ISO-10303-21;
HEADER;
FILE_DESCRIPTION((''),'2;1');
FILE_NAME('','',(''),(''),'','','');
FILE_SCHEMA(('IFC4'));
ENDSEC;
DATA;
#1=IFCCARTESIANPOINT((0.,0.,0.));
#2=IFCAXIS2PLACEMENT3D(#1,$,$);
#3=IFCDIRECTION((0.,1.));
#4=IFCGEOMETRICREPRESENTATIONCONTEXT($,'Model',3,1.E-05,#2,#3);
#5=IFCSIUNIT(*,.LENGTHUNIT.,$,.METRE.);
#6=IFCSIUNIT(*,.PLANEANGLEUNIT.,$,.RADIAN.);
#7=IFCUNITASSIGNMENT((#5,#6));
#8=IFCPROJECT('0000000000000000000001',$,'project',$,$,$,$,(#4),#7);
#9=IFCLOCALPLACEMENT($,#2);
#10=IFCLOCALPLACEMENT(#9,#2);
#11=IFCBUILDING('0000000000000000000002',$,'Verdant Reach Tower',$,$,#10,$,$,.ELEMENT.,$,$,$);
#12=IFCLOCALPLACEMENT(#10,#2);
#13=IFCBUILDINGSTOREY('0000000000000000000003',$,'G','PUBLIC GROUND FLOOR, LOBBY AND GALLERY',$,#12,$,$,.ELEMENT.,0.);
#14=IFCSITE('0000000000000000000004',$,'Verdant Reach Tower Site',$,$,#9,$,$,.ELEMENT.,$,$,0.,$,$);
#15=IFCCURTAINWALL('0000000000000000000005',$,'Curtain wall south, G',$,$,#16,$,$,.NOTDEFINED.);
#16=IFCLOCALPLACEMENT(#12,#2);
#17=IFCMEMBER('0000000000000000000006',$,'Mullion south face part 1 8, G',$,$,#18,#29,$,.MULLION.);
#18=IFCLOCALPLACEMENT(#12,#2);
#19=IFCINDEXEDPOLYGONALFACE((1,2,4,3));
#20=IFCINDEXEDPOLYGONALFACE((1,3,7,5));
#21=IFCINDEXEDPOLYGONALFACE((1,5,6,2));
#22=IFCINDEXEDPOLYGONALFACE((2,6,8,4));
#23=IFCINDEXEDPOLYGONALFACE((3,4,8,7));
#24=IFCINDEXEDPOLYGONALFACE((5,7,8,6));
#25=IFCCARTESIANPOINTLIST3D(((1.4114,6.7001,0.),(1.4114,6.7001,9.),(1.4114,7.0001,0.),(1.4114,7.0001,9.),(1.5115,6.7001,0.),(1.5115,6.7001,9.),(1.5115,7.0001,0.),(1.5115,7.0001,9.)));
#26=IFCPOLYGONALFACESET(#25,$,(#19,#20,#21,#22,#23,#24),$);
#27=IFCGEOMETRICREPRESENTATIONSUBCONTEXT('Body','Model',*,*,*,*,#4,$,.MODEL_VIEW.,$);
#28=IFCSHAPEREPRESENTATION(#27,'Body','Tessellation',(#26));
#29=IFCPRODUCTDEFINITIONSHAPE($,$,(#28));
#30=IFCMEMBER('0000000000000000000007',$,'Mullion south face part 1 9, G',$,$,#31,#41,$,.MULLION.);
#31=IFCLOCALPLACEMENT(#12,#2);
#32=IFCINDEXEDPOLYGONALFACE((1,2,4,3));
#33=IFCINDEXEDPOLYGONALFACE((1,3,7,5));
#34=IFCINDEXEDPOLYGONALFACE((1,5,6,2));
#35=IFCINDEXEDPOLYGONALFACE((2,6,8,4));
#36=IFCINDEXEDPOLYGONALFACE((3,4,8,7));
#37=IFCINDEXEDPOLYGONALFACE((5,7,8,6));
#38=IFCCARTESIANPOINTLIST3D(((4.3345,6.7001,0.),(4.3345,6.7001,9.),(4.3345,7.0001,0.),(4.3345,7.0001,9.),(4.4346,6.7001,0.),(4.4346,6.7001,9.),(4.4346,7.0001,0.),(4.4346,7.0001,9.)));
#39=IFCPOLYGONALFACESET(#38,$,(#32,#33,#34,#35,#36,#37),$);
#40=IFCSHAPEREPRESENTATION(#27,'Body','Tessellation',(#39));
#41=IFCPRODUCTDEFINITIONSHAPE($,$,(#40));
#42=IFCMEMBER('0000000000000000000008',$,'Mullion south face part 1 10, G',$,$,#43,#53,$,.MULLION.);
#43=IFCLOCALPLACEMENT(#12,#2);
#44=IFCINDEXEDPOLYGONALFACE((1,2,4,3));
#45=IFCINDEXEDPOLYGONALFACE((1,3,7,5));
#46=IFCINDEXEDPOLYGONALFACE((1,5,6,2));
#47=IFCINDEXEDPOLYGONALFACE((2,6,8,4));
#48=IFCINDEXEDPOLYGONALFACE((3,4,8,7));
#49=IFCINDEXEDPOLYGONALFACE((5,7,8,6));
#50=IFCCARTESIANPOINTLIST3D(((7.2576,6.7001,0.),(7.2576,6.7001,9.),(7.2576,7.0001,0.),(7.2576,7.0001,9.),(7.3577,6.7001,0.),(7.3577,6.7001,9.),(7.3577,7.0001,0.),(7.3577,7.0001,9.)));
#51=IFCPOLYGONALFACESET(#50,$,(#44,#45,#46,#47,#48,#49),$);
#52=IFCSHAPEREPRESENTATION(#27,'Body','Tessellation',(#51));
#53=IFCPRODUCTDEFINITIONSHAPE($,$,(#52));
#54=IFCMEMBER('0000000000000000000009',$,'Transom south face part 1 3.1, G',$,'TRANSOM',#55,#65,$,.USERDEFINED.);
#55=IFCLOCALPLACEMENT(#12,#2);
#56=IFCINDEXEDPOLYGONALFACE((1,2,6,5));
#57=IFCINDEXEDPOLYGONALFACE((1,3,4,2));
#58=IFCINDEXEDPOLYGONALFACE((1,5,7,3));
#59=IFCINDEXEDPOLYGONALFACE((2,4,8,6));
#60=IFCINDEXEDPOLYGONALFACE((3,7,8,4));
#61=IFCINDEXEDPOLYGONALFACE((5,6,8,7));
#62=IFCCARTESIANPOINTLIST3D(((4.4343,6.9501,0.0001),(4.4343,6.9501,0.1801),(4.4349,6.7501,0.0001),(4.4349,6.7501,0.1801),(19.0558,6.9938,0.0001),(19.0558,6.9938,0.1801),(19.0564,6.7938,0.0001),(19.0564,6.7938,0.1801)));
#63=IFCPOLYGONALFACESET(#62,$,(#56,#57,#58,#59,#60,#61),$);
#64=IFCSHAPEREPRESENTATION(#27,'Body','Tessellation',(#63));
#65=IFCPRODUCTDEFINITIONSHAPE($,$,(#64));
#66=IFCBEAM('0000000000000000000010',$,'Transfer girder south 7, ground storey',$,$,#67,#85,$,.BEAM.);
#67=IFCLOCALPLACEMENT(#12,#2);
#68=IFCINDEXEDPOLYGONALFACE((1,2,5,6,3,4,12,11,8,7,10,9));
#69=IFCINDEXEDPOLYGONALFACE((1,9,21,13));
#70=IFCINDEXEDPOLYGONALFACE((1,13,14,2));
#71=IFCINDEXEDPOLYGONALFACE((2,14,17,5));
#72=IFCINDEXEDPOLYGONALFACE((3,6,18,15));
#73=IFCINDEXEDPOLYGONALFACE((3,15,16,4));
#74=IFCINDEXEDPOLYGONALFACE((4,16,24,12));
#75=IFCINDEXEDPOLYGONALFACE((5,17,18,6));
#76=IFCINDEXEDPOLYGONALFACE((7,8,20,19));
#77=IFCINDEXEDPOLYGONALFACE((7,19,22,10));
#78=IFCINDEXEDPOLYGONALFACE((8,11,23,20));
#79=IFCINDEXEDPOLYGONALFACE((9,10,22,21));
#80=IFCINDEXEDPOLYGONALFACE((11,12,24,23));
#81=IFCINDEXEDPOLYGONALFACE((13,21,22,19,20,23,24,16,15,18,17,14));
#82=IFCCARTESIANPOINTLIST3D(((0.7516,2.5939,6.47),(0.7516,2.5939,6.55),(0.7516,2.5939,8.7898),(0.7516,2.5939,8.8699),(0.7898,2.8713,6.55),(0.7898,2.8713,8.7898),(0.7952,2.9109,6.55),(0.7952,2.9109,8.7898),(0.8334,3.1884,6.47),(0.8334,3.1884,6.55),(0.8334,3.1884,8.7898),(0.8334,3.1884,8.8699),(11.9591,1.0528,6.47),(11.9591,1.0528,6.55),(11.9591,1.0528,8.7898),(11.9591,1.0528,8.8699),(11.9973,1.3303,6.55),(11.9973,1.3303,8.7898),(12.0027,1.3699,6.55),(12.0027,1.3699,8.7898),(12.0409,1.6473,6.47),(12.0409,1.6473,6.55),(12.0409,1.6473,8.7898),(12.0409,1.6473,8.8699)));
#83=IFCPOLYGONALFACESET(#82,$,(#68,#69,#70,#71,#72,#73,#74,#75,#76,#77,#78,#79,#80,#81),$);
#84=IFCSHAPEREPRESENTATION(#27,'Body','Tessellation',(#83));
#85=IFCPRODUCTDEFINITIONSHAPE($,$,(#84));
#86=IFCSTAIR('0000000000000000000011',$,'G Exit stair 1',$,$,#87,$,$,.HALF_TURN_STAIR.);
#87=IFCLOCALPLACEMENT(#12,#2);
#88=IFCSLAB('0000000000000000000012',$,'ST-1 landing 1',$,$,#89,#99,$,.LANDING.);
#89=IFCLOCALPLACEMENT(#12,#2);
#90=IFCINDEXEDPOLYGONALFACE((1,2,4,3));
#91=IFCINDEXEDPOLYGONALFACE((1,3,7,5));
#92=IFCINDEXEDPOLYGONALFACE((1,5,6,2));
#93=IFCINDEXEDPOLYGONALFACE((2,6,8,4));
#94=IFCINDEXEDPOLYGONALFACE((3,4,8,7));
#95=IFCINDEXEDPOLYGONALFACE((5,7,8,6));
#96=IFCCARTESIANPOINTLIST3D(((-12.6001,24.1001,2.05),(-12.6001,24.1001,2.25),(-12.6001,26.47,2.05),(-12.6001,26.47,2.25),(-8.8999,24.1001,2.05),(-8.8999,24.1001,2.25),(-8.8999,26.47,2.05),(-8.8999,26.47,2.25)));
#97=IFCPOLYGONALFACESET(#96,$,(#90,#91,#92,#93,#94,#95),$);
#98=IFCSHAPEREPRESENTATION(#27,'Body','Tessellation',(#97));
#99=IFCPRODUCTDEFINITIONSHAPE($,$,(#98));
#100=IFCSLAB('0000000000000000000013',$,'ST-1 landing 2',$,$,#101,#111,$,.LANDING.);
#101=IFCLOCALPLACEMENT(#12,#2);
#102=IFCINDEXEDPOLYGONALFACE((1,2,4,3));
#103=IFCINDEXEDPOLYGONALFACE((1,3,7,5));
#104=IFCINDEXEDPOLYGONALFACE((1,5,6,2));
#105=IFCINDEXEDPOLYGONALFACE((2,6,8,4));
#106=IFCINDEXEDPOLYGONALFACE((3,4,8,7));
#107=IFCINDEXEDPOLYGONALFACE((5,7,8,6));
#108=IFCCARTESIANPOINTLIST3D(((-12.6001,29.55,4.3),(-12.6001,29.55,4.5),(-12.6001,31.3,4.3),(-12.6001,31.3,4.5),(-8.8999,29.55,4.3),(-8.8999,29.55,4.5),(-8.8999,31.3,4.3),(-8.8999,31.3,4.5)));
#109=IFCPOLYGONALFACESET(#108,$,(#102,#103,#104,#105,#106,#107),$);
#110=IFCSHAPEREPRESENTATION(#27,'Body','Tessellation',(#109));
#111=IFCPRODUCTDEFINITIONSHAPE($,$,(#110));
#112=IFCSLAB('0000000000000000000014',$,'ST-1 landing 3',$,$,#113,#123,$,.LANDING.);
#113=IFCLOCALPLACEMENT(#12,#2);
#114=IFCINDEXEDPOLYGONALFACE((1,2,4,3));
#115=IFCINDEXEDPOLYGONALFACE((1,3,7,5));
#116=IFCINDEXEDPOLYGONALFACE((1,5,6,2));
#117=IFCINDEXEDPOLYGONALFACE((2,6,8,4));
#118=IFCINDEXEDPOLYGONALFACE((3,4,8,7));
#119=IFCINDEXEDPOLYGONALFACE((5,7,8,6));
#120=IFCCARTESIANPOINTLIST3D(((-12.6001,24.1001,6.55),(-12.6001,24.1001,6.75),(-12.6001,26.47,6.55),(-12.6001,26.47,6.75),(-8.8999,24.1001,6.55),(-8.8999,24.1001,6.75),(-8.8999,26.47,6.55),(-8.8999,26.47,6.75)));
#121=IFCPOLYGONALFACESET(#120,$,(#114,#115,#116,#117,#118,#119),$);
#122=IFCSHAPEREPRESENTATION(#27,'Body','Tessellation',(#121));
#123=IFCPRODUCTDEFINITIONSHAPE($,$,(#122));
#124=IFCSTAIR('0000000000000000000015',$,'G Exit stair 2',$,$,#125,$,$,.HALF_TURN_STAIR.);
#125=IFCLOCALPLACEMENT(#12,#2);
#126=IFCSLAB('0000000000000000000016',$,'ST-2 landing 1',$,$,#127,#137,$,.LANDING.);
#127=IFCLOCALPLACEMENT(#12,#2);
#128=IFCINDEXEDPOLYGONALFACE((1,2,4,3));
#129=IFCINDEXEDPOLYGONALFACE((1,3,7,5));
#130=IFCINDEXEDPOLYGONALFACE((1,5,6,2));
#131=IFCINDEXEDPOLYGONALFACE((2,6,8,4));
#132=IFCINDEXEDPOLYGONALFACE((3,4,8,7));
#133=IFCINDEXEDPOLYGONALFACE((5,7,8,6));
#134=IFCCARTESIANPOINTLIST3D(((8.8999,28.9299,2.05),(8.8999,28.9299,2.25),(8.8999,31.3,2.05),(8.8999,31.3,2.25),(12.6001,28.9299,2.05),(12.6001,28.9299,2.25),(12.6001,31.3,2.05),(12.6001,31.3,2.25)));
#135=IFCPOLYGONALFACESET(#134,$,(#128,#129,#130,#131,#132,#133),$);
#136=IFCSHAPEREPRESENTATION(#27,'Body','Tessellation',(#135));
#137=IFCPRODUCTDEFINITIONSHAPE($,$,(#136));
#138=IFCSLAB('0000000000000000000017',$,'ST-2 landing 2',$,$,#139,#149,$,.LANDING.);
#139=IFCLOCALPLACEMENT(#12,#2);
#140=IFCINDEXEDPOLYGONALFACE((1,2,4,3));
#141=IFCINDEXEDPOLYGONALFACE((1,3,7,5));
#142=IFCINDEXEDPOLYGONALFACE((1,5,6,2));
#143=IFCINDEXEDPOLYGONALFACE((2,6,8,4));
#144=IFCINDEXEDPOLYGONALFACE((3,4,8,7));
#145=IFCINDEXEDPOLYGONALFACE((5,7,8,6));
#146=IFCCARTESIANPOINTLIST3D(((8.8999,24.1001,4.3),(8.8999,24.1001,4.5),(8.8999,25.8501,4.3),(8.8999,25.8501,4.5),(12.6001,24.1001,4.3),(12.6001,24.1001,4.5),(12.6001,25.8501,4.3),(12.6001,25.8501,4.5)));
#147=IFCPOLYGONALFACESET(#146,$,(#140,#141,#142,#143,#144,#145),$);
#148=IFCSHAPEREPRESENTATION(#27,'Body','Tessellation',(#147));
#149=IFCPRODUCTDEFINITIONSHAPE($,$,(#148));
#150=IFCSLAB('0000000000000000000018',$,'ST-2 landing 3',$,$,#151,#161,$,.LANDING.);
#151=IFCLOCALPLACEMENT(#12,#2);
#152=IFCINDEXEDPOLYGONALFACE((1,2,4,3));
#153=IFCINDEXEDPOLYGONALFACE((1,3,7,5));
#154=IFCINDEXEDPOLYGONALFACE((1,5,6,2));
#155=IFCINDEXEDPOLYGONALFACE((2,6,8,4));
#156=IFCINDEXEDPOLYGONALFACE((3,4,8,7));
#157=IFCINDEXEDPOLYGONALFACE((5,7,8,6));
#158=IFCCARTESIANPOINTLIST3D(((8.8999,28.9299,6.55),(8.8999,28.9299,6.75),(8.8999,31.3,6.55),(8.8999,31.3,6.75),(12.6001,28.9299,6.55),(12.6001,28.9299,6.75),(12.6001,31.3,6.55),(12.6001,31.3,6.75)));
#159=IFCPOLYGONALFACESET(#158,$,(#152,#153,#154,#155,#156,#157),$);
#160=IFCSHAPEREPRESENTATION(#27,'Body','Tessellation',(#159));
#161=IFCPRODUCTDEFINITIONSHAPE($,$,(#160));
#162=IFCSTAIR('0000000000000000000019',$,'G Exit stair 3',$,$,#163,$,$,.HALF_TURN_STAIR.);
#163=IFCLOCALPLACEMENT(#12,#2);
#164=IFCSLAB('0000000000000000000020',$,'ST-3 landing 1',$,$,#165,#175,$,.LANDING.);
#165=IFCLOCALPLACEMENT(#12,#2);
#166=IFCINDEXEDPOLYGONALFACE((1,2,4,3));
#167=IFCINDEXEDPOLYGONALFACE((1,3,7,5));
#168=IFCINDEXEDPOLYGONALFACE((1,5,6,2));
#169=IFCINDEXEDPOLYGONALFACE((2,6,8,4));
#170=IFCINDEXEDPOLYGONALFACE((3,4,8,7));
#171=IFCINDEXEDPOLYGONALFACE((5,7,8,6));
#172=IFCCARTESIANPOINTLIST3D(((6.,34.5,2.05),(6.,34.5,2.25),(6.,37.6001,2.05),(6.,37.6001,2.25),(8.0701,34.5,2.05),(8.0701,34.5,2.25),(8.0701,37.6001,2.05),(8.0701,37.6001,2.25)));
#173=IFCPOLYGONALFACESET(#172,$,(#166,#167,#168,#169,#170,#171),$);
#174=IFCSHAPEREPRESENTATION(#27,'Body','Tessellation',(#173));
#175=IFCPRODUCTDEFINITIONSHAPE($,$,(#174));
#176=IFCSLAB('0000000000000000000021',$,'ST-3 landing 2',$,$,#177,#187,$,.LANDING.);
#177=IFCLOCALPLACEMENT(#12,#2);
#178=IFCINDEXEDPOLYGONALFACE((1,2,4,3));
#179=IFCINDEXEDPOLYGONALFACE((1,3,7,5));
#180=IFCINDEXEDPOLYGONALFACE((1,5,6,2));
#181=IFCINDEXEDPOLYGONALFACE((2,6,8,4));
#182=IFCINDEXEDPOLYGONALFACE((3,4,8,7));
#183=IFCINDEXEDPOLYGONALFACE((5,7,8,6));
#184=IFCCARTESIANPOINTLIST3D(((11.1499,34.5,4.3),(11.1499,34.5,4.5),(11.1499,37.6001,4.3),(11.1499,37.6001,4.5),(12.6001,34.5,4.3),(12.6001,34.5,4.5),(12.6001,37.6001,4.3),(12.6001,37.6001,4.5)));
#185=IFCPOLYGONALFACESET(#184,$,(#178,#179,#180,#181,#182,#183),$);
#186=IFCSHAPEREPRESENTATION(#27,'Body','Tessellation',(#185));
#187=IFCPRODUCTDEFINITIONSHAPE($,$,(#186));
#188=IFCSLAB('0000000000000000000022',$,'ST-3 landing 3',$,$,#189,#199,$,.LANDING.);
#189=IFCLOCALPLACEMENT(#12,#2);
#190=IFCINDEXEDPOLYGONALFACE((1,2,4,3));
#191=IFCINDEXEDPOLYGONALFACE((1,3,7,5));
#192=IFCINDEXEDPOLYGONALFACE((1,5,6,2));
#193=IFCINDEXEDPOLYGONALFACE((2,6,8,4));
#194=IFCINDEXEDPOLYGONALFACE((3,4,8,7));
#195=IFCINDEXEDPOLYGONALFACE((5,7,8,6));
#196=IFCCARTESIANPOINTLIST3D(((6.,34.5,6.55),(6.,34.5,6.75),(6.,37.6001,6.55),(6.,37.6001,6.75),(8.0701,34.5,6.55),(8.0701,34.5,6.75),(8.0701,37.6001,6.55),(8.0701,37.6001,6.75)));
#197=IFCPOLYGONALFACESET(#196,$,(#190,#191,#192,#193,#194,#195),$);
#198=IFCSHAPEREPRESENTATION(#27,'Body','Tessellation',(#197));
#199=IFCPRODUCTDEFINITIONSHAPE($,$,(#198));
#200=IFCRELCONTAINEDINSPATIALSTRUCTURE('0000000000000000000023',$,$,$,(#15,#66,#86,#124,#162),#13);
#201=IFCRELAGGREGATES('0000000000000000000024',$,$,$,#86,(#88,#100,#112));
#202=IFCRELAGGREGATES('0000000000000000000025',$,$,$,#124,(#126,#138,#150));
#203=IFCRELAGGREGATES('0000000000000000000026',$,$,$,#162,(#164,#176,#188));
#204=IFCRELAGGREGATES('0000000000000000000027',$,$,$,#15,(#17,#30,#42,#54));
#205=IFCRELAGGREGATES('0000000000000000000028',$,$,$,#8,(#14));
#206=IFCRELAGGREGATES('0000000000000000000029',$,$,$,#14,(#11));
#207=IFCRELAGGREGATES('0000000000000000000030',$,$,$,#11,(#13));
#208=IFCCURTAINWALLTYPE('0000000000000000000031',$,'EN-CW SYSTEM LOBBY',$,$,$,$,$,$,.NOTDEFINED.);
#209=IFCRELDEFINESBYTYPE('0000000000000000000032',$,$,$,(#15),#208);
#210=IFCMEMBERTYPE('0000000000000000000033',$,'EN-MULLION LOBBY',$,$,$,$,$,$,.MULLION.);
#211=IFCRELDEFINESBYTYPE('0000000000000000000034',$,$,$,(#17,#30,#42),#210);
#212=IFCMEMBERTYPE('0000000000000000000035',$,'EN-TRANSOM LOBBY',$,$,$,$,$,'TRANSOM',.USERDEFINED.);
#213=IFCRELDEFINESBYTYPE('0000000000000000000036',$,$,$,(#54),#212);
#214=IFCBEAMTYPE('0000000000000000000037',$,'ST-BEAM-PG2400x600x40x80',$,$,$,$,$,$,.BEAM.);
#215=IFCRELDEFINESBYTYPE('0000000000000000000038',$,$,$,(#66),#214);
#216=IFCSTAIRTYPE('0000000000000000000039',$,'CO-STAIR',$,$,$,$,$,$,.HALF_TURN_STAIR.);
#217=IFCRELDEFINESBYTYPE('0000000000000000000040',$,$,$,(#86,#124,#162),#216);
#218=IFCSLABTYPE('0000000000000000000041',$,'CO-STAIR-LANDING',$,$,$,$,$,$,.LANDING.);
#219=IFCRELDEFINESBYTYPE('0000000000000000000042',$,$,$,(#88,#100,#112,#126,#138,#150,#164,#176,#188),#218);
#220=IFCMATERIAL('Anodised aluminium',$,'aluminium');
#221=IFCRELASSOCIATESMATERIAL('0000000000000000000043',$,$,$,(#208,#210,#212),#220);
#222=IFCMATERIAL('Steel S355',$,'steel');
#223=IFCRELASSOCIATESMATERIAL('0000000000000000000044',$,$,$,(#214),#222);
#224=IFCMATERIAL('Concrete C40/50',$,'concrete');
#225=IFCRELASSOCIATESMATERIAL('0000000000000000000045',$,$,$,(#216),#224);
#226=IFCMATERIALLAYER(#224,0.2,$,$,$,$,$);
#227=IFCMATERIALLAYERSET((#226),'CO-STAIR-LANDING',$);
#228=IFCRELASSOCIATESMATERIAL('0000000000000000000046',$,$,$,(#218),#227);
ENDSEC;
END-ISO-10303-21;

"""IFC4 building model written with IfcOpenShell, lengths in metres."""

from ifc_helpers import new_model, si_unit, direction, frame, origin, origin_2d, place, context, subcontext, project, spatial, polyline, rectangle, i_section, outline, extrude, material, layer, layer_set, material_profile, profile_set, type_object, element, aggregate, save


model = new_model("IFC4")

# Units and contexts
model_context = context("Model", 3, precision=1e-05, world=origin(), true_north=direction((0.0, 1.0)))
body_context = subcontext(model_context, "Body", "Model", "MODEL_VIEW")
ifc_project = project(units=[si_unit("LENGTHUNIT", "METRE"), si_unit("PLANEANGLEUNIT", "RADIAN")], contexts=[model_context])

# Site, building, storey
site_placement = place(None, origin())
site = spatial("IfcSite", under=ifc_project, at=site_placement, Name="Verdant Reach Tower Site", CompositionType="ELEMENT", RefElevation=0.0)
building_placement = place(site_placement, origin())
building = spatial("IfcBuilding", under=site, at=building_placement, Name="Verdant Reach Tower", CompositionType="ELEMENT")
storey_placement = place(building_placement, origin())
storey = spatial("IfcBuildingStorey", under=building, at=storey_placement, Name="G", Description="PUBLIC GROUND FLOOR, LOBBY AND GALLERY", CompositionType="ELEMENT", Elevation=0.0)

# Curtain wall, members
ifc_material_1 = material(Name="Anodised aluminium", Category="aluminium")
curtain_wall_type = type_object("IfcCurtainWallType", Name="EN-CW SYSTEM LOBBY", PredefinedType="NOTDEFINED", material=ifc_material_1)
curtain_wall_placement = place(storey_placement, origin())
curtain_wall = element("IfcCurtainWall", 1, at=curtain_wall_placement, inside=storey, type_object=curtain_wall_type, Name="Curtain wall south, G", PredefinedType="NOTDEFINED")
ifc_material_profile_1 = material_profile(ifc_material_1, rectangle(XDim=0.3, YDim=0.1001, at=origin_2d()), Name="Mullion 100x300")
ifc_profile_set_1 = profile_set([ifc_material_profile_1], Name="Anodised aluminium")
member_type_1 = type_object("IfcMemberType", Name="EN-MULLION LOBBY", PredefinedType="MULLION", material=ifc_profile_set_1)
member_1_placement = place(storey_placement, frame((1.4614, 6.8501, 0.0), z_axis=(0.0, 0.0, 1.0), x_axis=(0.0, -1.0, 0.0)))
member_1 = element("IfcMember", 2, at=member_1_placement, type_object=member_type_1, Name="Mullion south face part 1 8, G", PredefinedType="MULLION", context=body_context, shape_type="SweptSolid", body=[
    extrude(rectangle(XDim=0.3, YDim=0.1001, at=origin_2d()), origin(), (0.0, 0.0, 1.0), 9.0),
])
member_2_placement = place(storey_placement, frame((4.3845, 6.8501, 0.0), z_axis=(0.0, 0.0, 1.0), x_axis=(0.0, -1.0, 0.0)))
member_2 = element("IfcMember", 3, at=member_2_placement, type_object=member_type_1, Name="Mullion south face part 1 9, G", PredefinedType="MULLION", context=body_context, shape_type="SweptSolid", body=[
    extrude(rectangle(XDim=0.3, YDim=0.1001, at=origin_2d()), origin(), (0.0, 0.0, 1.0), 9.0),
])
member_3_placement = place(storey_placement, frame((7.3076, 6.8501, 0.0), z_axis=(0.0, 0.0, 1.0), x_axis=(0.0, -1.0, 0.0)))
member_3 = element("IfcMember", 4, at=member_3_placement, type_object=member_type_1, Name="Mullion south face part 1 10, G", PredefinedType="MULLION", context=body_context, shape_type="SweptSolid", body=[
    extrude(rectangle(XDim=0.3, YDim=0.1001, at=origin_2d()), origin(), (0.0, 0.0, 1.0), 9.0),
])
ifc_material_profile_2 = material_profile(ifc_material_1, rectangle(XDim=0.2, YDim=0.1799, at=origin_2d()), Name="Transom 180x200")
ifc_profile_set_2 = profile_set([ifc_material_profile_2], Name="Anodised aluminium")
member_type_2 = type_object("IfcMemberType", Name="EN-TRANSOM LOBBY", ElementType="TRANSOM", PredefinedType="USERDEFINED", material=ifc_profile_set_2)
member_4_placement = place(storey_placement, frame((4.4346, 6.8501, 0.0901), z_axis=(0.999996, 0.002989, 0.0), x_axis=(-0.002989, 0.999996, 0.0)))
member_4 = element("IfcMember", 5, at=member_4_placement, type_object=member_type_2, Name="Transom south face part 1 3.1, G", ObjectType="TRANSOM", PredefinedType="USERDEFINED", context=body_context, shape_type="SweptSolid", body=[
    extrude(rectangle(XDim=0.2, YDim=0.1799, at=origin_2d()), origin(), (0.0, 0.0, 1.0), 14.6216),
])

# Beam
ifc_material_2 = material(Name="Steel S355", Category="steel")
ifc_material_profile_3 = material_profile(ifc_material_2, i_section(OverallWidth=0.6001, OverallDepth=2.3999, WebThickness=0.04, FlangeThickness=0.0801, at=origin_2d()), Name="PG 2400x600x40x80")
ifc_profile_set_3 = profile_set([ifc_material_profile_3], Name="Steel S355")
beam_type = type_object("IfcBeamType", Name="ST-BEAM-PG2400x600x40x80", PredefinedType="BEAM", material=ifc_profile_set_3)
beam_placement = place(storey_placement, frame((0.7925, 2.8911, 7.6699), z_axis=(0.990679, -0.136217, 0.0), x_axis=(0.136217, 0.990679, 0.0)))
element("IfcBeam", 6, at=beam_placement, inside=storey, type_object=beam_type, Name="Transfer girder south 7, ground storey", PredefinedType="BEAM", context=body_context, shape_type="SweptSolid", body=[
    extrude(i_section(OverallWidth=0.6001, OverallDepth=2.3999, WebThickness=0.04, FlangeThickness=0.0801, at=origin_2d()), origin(), (0.0, 0.0, 1.0), 11.313),
])

# Stairs, slabs
ifc_material_3 = material(Name="Concrete C40/50", Category="concrete")
stair_type = type_object("IfcStairType", Name="CO-STAIR", PredefinedType="HALF_TURN_STAIR", material=ifc_material_3)
stair_1_placement = place(storey_placement, origin())
stair_1 = element("IfcStair", 7, at=stair_1_placement, inside=storey, type_object=stair_type, Name="G Exit stair 1", PredefinedType="HALF_TURN_STAIR")
ifc_layer_1 = layer(ifc_material_3, 0.2)
ifc_layer_set_1 = layer_set([ifc_layer_1], Name="CO-STAIR-LANDING")
slab_type_1 = type_object("IfcSlabType", Name="CO-STAIR-LANDING", PredefinedType="LANDING", material=ifc_layer_set_1)
slab_1_placement = place(storey_placement, frame((0.0, 0.0, 2.05)))
slab_1 = element("IfcSlab", 8, at=slab_1_placement, type_object=slab_type_1, Name="ST-1 landing 1", PredefinedType="LANDING", context=body_context, shape_type="SweptSolid", body=[
    extrude(outline(polyline([(-12.6001, 26.47), (-12.6001, 24.1001), (-8.8999, 24.1001), (-8.8999, 26.47), (-12.6001, 26.47)])), origin(), (0.0, 0.0, 1.0), 0.2),
])
slab_2_placement = place(storey_placement, frame((0.0, 0.0, 4.3)))
slab_2 = element("IfcSlab", 9, at=slab_2_placement, type_object=slab_type_1, Name="ST-1 landing 2", PredefinedType="LANDING", context=body_context, shape_type="SweptSolid", body=[
    extrude(outline(polyline([(-12.6001, 31.3), (-12.6001, 29.55), (-8.8999, 29.55), (-8.8999, 31.3), (-12.6001, 31.3)])), origin(), (0.0, 0.0, 1.0), 0.2),
])
slab_3_placement = place(storey_placement, frame((0.0, 0.0, 6.55)))
slab_3 = element("IfcSlab", 10, at=slab_3_placement, type_object=slab_type_1, Name="ST-1 landing 3", PredefinedType="LANDING", context=body_context, shape_type="SweptSolid", body=[
    extrude(outline(polyline([(-12.6001, 26.47), (-12.6001, 24.1001), (-8.8999, 24.1001), (-8.8999, 26.47), (-12.6001, 26.47)])), origin(), (0.0, 0.0, 1.0), 0.2),
])
aggregate(stair_1, [slab_1, slab_2, slab_3])
stair_2_placement = place(storey_placement, origin())
stair_2 = element("IfcStair", 11, at=stair_2_placement, inside=storey, type_object=stair_type, Name="G Exit stair 2", PredefinedType="HALF_TURN_STAIR")
slab_4_placement = place(storey_placement, frame((0.0, 0.0, 2.05)))
slab_4 = element("IfcSlab", 12, at=slab_4_placement, type_object=slab_type_1, Name="ST-2 landing 1", PredefinedType="LANDING", context=body_context, shape_type="SweptSolid", body=[
    extrude(outline(polyline([(12.6001, 28.9299), (12.6001, 31.3), (8.8999, 31.3), (8.8999, 28.9299), (12.6001, 28.9299)])), origin(), (0.0, 0.0, 1.0), 0.2),
])
slab_5_placement = place(storey_placement, frame((0.0, 0.0, 4.3)))
slab_5 = element("IfcSlab", 13, at=slab_5_placement, type_object=slab_type_1, Name="ST-2 landing 2", PredefinedType="LANDING", context=body_context, shape_type="SweptSolid", body=[
    extrude(outline(polyline([(12.6001, 24.1001), (12.6001, 25.8501), (8.8999, 25.8501), (8.8999, 24.1001), (12.6001, 24.1001)])), origin(), (0.0, 0.0, 1.0), 0.2),
])
slab_6_placement = place(storey_placement, frame((0.0, 0.0, 6.55)))
slab_6 = element("IfcSlab", 14, at=slab_6_placement, type_object=slab_type_1, Name="ST-2 landing 3", PredefinedType="LANDING", context=body_context, shape_type="SweptSolid", body=[
    extrude(outline(polyline([(12.6001, 28.9299), (12.6001, 31.3), (8.8999, 31.3), (8.8999, 28.9299), (12.6001, 28.9299)])), origin(), (0.0, 0.0, 1.0), 0.2),
])
aggregate(stair_2, [slab_4, slab_5, slab_6])
stair_3_placement = place(storey_placement, origin())
stair_3 = element("IfcStair", 15, at=stair_3_placement, inside=storey, type_object=stair_type, Name="G Exit stair 3", PredefinedType="HALF_TURN_STAIR")
slab_7_placement = place(storey_placement, frame((0.0, 0.0, 2.05)))
slab_7 = element("IfcSlab", 16, at=slab_7_placement, type_object=slab_type_1, Name="ST-3 landing 1", PredefinedType="LANDING", context=body_context, shape_type="SweptSolid", body=[
    extrude(outline(polyline([(8.0701, 37.6001), (6.0, 37.6001), (6.0, 34.5), (8.0701, 34.5), (8.0701, 37.6001)])), origin(), (0.0, 0.0, 1.0), 0.2),
])
slab_8_placement = place(storey_placement, frame((0.0, 0.0, 4.3)))
slab_8 = element("IfcSlab", 17, at=slab_8_placement, type_object=slab_type_1, Name="ST-3 landing 2", PredefinedType="LANDING", context=body_context, shape_type="SweptSolid", body=[
    extrude(outline(polyline([(12.6001, 37.6001), (11.1499, 37.6001), (11.1499, 34.5), (12.6001, 34.5), (12.6001, 37.6001)])), origin(), (0.0, 0.0, 1.0), 0.2),
])
slab_9_placement = place(storey_placement, frame((0.0, 0.0, 6.55)))
slab_9 = element("IfcSlab", 18, at=slab_9_placement, type_object=slab_type_1, Name="ST-3 landing 3", PredefinedType="LANDING", context=body_context, shape_type="SweptSolid", body=[
    extrude(outline(polyline([(8.0701, 37.6001), (6.0, 37.6001), (6.0, 34.5), (8.0701, 34.5), (8.0701, 37.6001)])), origin(), (0.0, 0.0, 1.0), 0.2),
])
aggregate(stair_3, [slab_7, slab_8, slab_9])

aggregate(curtain_wall, [member_1, member_2, member_3, member_4])

save(model, "model.ifc")
